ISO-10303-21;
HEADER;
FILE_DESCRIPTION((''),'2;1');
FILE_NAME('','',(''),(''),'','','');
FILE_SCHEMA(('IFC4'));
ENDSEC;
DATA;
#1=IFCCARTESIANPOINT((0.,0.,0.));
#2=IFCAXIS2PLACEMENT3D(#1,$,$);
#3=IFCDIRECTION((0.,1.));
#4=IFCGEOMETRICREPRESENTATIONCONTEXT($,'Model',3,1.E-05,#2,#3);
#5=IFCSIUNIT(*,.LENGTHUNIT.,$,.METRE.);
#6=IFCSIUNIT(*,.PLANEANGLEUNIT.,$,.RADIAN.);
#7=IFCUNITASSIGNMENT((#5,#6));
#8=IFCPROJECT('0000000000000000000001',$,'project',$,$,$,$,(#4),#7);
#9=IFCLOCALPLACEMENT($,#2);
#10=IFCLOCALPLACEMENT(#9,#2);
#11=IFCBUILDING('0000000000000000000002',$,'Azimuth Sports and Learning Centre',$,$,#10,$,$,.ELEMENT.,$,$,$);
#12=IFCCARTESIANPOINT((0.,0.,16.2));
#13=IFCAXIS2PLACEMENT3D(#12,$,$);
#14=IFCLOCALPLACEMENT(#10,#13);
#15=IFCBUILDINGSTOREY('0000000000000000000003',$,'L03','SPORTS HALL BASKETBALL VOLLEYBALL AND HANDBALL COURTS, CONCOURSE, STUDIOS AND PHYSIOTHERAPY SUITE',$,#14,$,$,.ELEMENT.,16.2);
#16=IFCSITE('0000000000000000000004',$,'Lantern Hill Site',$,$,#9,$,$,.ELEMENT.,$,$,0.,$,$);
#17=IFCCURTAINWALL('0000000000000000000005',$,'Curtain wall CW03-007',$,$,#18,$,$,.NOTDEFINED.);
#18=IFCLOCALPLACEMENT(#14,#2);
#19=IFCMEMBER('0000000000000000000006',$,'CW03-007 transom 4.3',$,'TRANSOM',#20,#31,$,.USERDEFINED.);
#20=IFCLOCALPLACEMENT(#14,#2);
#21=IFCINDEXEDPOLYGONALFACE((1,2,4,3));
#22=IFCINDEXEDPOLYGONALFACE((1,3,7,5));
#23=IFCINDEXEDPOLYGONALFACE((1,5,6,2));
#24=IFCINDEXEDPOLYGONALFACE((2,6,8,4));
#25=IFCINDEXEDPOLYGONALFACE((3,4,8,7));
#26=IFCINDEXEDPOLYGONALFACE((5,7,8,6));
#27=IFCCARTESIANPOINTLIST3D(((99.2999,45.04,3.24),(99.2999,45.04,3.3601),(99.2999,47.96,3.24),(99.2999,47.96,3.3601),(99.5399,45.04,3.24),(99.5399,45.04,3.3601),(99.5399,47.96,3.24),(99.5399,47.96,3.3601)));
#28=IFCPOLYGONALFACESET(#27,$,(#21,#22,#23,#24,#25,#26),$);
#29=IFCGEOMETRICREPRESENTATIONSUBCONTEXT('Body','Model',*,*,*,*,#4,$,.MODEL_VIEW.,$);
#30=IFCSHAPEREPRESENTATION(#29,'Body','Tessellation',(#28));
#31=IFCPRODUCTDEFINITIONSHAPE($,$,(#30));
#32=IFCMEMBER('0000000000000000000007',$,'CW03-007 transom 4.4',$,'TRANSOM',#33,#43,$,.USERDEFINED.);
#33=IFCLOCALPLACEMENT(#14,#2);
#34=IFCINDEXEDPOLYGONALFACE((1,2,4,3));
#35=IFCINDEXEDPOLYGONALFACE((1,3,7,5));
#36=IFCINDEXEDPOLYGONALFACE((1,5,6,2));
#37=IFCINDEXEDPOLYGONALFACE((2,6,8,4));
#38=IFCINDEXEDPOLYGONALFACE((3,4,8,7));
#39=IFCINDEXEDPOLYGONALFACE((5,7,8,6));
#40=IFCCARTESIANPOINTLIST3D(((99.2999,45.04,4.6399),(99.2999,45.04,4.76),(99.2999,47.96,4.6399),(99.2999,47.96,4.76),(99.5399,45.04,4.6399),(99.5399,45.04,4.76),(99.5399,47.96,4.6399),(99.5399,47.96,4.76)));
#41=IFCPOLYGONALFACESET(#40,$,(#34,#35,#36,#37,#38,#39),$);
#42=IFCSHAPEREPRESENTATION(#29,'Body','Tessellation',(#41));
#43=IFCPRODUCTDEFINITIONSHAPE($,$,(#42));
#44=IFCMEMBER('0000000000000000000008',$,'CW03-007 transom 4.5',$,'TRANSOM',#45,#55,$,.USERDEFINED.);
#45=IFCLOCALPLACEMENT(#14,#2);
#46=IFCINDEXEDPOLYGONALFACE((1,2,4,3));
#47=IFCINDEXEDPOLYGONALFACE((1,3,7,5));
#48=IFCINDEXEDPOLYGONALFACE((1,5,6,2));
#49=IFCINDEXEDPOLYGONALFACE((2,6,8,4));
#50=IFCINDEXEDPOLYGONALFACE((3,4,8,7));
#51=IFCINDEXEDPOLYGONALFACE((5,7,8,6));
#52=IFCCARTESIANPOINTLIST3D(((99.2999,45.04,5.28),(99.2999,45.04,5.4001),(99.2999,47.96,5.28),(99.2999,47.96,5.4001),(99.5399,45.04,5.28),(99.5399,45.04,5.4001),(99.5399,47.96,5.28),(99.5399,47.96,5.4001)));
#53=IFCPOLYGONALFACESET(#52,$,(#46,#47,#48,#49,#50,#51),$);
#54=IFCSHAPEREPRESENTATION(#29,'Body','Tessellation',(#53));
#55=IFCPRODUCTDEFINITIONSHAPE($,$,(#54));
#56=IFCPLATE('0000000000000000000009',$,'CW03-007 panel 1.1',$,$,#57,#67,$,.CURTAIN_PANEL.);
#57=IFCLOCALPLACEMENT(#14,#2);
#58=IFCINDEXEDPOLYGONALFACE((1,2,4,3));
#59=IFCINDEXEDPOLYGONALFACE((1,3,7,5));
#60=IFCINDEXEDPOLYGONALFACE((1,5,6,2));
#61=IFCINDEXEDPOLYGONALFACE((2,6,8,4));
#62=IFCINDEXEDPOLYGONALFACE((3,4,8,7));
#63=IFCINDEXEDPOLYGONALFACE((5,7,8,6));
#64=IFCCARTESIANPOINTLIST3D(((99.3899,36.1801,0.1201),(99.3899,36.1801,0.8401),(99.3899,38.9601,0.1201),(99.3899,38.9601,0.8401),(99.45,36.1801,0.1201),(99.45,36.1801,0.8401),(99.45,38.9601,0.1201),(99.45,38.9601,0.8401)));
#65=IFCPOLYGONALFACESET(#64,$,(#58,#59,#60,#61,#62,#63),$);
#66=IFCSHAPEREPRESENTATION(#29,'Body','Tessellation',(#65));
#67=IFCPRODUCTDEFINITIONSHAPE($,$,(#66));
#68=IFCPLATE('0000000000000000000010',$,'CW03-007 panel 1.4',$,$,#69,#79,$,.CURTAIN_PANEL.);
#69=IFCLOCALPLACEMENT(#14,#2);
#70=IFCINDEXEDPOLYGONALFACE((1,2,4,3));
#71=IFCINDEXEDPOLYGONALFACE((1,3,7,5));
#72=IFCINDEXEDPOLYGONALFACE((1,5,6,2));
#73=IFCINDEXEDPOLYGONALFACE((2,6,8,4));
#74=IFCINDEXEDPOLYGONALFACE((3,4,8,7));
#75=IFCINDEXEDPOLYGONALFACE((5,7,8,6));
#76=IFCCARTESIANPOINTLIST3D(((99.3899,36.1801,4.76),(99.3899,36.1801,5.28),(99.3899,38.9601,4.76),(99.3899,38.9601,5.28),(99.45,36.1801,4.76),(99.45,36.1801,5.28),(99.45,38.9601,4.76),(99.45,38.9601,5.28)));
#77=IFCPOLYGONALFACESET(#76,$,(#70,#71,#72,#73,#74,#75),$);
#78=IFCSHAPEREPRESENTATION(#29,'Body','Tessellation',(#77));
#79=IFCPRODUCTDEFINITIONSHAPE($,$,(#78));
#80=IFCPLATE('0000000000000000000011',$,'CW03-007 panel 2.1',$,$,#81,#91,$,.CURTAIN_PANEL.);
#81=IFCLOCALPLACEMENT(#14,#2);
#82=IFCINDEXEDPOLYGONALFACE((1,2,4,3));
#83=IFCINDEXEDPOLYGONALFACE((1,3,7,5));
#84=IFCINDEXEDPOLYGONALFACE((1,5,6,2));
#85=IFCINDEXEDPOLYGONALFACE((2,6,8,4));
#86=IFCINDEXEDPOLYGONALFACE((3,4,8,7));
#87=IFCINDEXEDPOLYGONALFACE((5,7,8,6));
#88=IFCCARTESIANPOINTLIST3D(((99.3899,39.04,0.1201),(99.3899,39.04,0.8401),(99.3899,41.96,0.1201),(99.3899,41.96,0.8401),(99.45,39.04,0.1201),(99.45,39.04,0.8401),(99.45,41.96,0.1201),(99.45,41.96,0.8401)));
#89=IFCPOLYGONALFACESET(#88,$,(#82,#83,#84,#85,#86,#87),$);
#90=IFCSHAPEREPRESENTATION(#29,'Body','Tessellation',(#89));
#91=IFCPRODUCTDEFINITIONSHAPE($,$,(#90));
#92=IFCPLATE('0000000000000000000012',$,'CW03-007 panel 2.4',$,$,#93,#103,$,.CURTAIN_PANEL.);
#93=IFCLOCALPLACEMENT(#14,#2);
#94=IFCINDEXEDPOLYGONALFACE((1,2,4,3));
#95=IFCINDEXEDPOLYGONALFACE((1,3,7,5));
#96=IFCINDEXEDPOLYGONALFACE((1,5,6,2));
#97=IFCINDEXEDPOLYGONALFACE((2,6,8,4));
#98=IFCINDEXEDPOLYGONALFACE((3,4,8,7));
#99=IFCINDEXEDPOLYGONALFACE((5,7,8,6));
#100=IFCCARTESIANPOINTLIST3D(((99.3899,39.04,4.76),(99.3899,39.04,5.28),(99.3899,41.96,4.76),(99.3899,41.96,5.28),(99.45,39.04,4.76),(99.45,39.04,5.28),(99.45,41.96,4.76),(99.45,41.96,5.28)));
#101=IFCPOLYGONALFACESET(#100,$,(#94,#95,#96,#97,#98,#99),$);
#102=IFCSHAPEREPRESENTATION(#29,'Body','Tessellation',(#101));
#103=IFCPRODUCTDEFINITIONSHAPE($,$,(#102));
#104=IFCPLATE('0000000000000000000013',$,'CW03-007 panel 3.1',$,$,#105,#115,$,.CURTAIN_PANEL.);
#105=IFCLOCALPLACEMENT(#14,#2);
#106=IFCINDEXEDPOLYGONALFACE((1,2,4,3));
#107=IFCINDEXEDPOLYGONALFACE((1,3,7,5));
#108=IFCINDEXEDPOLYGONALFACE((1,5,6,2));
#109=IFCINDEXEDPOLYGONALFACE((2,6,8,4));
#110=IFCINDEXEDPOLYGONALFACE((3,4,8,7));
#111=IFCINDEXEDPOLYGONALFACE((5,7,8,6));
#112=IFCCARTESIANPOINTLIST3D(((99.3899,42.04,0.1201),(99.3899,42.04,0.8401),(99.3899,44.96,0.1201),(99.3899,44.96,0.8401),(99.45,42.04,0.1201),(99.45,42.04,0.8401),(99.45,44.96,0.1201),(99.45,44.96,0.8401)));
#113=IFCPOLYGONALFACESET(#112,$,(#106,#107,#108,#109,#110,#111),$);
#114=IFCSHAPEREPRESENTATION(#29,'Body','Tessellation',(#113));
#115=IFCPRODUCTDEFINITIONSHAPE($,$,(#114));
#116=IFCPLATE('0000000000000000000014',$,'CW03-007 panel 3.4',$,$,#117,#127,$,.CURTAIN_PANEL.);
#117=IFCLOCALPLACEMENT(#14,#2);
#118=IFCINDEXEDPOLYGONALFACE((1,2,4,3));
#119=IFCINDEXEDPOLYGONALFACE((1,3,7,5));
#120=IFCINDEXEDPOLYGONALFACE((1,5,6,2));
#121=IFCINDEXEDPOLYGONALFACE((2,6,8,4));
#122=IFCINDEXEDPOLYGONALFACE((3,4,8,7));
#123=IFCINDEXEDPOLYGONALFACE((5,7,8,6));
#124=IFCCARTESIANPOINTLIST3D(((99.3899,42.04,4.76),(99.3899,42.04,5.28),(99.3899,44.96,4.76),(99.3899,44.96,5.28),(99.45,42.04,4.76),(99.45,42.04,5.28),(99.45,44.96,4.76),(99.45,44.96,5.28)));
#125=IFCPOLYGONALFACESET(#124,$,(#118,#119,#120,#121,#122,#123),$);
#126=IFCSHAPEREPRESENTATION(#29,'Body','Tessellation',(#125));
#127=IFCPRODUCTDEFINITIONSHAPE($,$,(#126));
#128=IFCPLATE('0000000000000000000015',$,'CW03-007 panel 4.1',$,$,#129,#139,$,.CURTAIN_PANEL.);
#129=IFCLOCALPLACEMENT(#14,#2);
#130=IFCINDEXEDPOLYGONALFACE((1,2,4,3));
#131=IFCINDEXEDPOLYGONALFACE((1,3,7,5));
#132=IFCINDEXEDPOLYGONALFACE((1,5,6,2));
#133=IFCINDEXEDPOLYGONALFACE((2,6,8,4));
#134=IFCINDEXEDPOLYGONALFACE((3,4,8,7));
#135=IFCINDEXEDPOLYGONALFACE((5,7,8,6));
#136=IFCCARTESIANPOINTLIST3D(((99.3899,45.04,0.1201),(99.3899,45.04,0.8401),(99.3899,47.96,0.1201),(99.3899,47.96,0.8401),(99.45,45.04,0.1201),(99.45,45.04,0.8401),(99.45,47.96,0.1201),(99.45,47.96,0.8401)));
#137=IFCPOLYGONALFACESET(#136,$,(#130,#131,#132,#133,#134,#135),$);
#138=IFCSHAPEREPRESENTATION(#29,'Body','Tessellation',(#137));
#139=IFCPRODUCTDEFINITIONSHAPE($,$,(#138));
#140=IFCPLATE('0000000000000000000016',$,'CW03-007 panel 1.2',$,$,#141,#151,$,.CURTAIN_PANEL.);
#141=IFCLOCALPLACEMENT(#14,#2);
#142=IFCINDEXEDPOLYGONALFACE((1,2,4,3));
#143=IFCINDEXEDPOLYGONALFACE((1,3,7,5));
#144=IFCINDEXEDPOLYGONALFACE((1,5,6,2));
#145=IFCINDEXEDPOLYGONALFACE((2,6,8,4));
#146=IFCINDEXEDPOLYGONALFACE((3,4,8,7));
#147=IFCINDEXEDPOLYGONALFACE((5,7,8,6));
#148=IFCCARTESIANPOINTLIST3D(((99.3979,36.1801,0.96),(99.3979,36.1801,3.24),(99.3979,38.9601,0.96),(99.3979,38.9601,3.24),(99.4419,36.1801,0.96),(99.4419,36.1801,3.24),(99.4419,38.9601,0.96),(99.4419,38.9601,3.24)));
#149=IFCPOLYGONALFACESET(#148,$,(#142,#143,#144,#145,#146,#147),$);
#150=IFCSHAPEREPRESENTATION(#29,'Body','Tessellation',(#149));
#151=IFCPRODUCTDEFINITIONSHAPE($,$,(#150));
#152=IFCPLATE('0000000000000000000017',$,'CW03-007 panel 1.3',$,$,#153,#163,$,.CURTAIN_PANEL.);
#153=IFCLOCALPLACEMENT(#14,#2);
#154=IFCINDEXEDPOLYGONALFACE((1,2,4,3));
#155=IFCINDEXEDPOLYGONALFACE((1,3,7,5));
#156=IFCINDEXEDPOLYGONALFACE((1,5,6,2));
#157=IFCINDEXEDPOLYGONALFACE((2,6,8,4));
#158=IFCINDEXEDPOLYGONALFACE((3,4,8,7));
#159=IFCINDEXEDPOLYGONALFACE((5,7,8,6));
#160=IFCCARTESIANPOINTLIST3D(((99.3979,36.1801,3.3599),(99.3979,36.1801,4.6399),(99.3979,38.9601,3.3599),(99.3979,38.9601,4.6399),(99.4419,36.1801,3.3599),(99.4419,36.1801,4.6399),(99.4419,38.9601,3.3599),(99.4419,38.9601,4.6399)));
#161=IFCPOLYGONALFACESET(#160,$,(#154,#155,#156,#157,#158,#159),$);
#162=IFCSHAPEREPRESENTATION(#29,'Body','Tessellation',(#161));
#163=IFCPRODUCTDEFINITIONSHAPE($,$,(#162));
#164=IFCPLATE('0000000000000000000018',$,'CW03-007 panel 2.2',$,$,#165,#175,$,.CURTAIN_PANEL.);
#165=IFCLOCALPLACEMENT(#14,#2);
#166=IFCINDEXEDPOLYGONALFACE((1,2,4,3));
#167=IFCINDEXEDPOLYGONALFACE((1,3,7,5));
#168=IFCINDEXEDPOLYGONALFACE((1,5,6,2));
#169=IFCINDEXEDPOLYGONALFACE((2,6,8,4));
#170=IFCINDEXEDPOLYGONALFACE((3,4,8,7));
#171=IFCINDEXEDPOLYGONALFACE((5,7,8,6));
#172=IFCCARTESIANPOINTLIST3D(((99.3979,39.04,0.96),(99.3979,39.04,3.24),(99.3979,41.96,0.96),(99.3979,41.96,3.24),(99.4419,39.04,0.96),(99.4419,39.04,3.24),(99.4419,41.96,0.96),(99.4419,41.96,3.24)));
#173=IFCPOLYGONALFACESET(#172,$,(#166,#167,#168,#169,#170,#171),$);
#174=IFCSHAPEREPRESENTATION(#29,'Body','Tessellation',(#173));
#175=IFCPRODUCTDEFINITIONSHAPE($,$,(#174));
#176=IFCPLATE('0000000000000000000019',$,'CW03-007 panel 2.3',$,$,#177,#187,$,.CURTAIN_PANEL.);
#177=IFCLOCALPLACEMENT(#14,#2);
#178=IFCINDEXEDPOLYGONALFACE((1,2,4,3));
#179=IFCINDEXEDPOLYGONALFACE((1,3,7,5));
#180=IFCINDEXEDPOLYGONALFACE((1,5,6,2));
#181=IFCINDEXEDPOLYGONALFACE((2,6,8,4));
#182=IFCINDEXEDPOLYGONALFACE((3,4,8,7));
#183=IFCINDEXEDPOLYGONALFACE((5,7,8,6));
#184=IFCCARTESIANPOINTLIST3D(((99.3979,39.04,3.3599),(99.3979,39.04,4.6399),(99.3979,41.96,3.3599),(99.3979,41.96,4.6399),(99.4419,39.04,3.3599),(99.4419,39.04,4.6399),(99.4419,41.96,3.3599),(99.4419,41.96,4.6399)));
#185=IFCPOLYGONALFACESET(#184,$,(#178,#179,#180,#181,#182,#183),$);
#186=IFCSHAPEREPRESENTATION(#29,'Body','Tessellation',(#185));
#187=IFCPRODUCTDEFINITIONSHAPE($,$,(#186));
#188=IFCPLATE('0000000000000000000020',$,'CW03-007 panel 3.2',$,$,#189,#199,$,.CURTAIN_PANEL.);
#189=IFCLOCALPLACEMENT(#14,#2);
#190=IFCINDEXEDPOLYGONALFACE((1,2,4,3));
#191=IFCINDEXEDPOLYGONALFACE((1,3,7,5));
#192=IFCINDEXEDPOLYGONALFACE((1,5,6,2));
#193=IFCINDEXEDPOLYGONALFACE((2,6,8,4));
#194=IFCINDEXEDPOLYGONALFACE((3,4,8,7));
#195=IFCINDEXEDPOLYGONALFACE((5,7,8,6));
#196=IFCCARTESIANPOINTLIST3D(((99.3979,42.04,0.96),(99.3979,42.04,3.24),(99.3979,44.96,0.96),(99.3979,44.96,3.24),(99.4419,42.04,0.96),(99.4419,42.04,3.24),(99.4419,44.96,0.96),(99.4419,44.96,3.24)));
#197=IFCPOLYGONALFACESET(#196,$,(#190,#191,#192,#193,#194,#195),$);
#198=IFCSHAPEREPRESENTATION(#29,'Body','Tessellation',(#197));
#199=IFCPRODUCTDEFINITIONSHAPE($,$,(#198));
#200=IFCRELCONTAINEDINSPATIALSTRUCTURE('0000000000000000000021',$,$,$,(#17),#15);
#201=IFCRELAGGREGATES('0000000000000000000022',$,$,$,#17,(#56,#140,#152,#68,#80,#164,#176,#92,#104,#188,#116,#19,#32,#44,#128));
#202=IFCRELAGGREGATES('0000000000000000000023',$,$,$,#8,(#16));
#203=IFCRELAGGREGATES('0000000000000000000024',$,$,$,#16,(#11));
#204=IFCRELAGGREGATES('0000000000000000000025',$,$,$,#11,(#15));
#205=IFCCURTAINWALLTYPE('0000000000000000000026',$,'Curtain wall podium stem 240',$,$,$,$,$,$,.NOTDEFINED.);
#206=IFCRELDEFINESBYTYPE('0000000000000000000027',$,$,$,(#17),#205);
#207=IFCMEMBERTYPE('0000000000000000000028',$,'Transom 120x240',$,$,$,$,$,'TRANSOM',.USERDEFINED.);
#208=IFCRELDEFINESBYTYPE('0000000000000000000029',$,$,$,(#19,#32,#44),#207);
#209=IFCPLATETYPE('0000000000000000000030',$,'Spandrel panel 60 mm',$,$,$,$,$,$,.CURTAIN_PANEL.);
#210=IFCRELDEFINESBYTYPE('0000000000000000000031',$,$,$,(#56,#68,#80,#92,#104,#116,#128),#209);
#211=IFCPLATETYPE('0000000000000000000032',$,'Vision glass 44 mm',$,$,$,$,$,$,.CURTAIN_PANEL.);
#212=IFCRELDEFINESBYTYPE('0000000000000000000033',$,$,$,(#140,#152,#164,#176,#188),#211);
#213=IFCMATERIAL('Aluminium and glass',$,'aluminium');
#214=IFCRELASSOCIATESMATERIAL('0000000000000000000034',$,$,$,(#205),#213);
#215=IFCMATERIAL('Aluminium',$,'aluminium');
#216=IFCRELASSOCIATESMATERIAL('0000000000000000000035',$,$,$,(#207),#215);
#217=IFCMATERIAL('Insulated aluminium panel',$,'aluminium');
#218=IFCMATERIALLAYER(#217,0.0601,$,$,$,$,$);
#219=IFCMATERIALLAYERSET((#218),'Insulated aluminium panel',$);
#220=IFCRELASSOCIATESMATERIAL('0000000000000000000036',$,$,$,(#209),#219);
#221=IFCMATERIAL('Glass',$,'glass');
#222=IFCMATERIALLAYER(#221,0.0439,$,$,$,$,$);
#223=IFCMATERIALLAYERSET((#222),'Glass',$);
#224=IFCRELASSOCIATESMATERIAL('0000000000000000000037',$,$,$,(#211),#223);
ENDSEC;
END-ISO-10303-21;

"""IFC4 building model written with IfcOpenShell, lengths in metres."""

from ifc_helpers import new_model, si_unit, direction, frame, origin, origin_2d, place, context, subcontext, project, spatial, rectangle, extrude, material, layer, layer_set, material_profile, profile_set, type_object, element, aggregate, save


model = new_model("IFC4")

# Units and contexts
model_context = context("Model", 3, precision=1e-05, world=origin(), true_north=direction((0.0, 1.0)))
body_context = subcontext(model_context, "Body", "Model", "MODEL_VIEW")
ifc_project = project(units=[si_unit("LENGTHUNIT", "METRE"), si_unit("PLANEANGLEUNIT", "RADIAN")], contexts=[model_context])

# Site, building, storey
site_placement = place(None, origin())
site = spatial("IfcSite", under=ifc_project, at=site_placement, Name="Lantern Hill Site", CompositionType="ELEMENT", RefElevation=0.0)
building_placement = place(site_placement, origin())
building = spatial("IfcBuilding", under=site, at=building_placement, Name="Azimuth Sports and Learning Centre", CompositionType="ELEMENT")
storey_placement = place(building_placement, frame((0.0, 0.0, 16.2)))
storey = spatial("IfcBuildingStorey", under=building, at=storey_placement, Name="L03", Description="SPORTS HALL BASKETBALL VOLLEYBALL AND HANDBALL COURTS, CONCOURSE, STUDIOS AND PHYSIOTHERAPY SUITE", CompositionType="ELEMENT", Elevation=16.2)

# Curtain wall, members, plates
ifc_material_1 = material(Name="Aluminium and glass", Category="aluminium")
curtain_wall_type = type_object("IfcCurtainWallType", Name="Curtain wall podium stem 240", PredefinedType="NOTDEFINED", material=ifc_material_1)
curtain_wall_placement = place(storey_placement, origin())
curtain_wall = element("IfcCurtainWall", 1, at=curtain_wall_placement, inside=storey, type_object=curtain_wall_type, Name="Curtain wall CW03-007", PredefinedType="NOTDEFINED")
ifc_material_2 = material(Name="Aluminium", Category="aluminium")
ifc_material_profile_1 = material_profile(ifc_material_2, rectangle(XDim=0.24, YDim=0.1201, at=origin_2d()), Name="Transom 120x240")
ifc_profile_set_1 = profile_set([ifc_material_profile_1], Name="Aluminium")
member_type_1 = type_object("IfcMemberType", Name="Transom 120x240", ElementType="TRANSOM", PredefinedType="USERDEFINED", material=ifc_profile_set_1)
member_1_placement = place(storey_placement, frame((99.4199, 45.04, 3.3), z_axis=(0.0, 1.0, 0.0), x_axis=(-1.0, 0.0, 0.0)))
member_1 = element("IfcMember", 2, at=member_1_placement, type_object=member_type_1, Name="CW03-007 transom 4.3", ObjectType="TRANSOM", PredefinedType="USERDEFINED", context=body_context, shape_type="SweptSolid", body=[
    extrude(rectangle(XDim=0.24, YDim=0.1201, at=origin_2d()), origin(), (0.0, 0.0, 1.0), 2.9199),
])
member_2_placement = place(storey_placement, frame((99.4199, 45.04, 4.7), z_axis=(0.0, 1.0, 0.0), x_axis=(-1.0, 0.0, 0.0)))
member_2 = element("IfcMember", 3, at=member_2_placement, type_object=member_type_1, Name="CW03-007 transom 4.4", ObjectType="TRANSOM", PredefinedType="USERDEFINED", context=body_context, shape_type="SweptSolid", body=[
    extrude(rectangle(XDim=0.24, YDim=0.1201, at=origin_2d()), origin(), (0.0, 0.0, 1.0), 2.9199),
])
member_3_placement = place(storey_placement, frame((99.4199, 45.04, 5.3401), z_axis=(0.0, 1.0, 0.0), x_axis=(-1.0, 0.0, 0.0)))
member_3 = element("IfcMember", 4, at=member_3_placement, type_object=member_type_1, Name="CW03-007 transom 4.5", ObjectType="TRANSOM", PredefinedType="USERDEFINED", context=body_context, shape_type="SweptSolid", body=[
    extrude(rectangle(XDim=0.24, YDim=0.1201, at=origin_2d()), origin(), (0.0, 0.0, 1.0), 2.9199),
])
ifc_material_3 = material(Name="Insulated aluminium panel", Category="aluminium")
ifc_layer_1 = layer(ifc_material_3, 0.0601)
ifc_layer_set_1 = layer_set([ifc_layer_1], Name="Insulated aluminium panel")
plate_type_1 = type_object("IfcPlateType", Name="Spandrel panel 60 mm", PredefinedType="CURTAIN_PANEL", material=ifc_layer_set_1)
plate_1_placement = place(storey_placement, frame((99.4199, 37.5701, 0.1201), z_axis=(0.0, 0.0, 1.0), x_axis=(0.0, 1.0, 0.0)))
plate_1 = element("IfcPlate", 5, at=plate_1_placement, type_object=plate_type_1, Name="CW03-007 panel 1.1", PredefinedType="CURTAIN_PANEL", context=body_context, shape_type="SweptSolid", body=[
    extrude(rectangle(XDim=2.78, YDim=0.0601, at=origin_2d()), origin(), (0.0, 0.0, 1.0), 0.72),
])
plate_2_placement = place(storey_placement, frame((99.4199, 37.5701, 4.76), z_axis=(0.0, 0.0, 1.0), x_axis=(0.0, 1.0, 0.0)))
plate_2 = element("IfcPlate", 6, at=plate_2_placement, type_object=plate_type_1, Name="CW03-007 panel 1.4", PredefinedType="CURTAIN_PANEL", context=body_context, shape_type="SweptSolid", body=[
    extrude(rectangle(XDim=2.78, YDim=0.0601, at=origin_2d()), origin(), (0.0, 0.0, 1.0), 0.52),
])
plate_3_placement = place(storey_placement, frame((99.4199, 40.5, 0.1201), z_axis=(0.0, 0.0, 1.0), x_axis=(0.0, 1.0, 0.0)))
plate_3 = element("IfcPlate", 7, at=plate_3_placement, type_object=plate_type_1, Name="CW03-007 panel 2.1", PredefinedType="CURTAIN_PANEL", context=body_context, shape_type="SweptSolid", body=[
    extrude(rectangle(XDim=2.9199, YDim=0.0601, at=origin_2d()), origin(), (0.0, 0.0, 1.0), 0.72),
])
plate_4_placement = place(storey_placement, frame((99.4199, 40.5, 4.76), z_axis=(0.0, 0.0, 1.0), x_axis=(0.0, 1.0, 0.0)))
plate_4 = element("IfcPlate", 8, at=plate_4_placement, type_object=plate_type_1, Name="CW03-007 panel 2.4", PredefinedType="CURTAIN_PANEL", context=body_context, shape_type="SweptSolid", body=[
    extrude(rectangle(XDim=2.9199, YDim=0.0601, at=origin_2d()), origin(), (0.0, 0.0, 1.0), 0.52),
])
plate_5_placement = place(storey_placement, frame((99.4199, 43.5, 0.1201), z_axis=(0.0, 0.0, 1.0), x_axis=(0.0, 1.0, 0.0)))
plate_5 = element("IfcPlate", 9, at=plate_5_placement, type_object=plate_type_1, Name="CW03-007 panel 3.1", PredefinedType="CURTAIN_PANEL", context=body_context, shape_type="SweptSolid", body=[
    extrude(rectangle(XDim=2.9199, YDim=0.0601, at=origin_2d()), origin(), (0.0, 0.0, 1.0), 0.72),
])
plate_6_placement = place(storey_placement, frame((99.4199, 43.5, 4.76), z_axis=(0.0, 0.0, 1.0), x_axis=(0.0, 1.0, 0.0)))
plate_6 = element("IfcPlate", 10, at=plate_6_placement, type_object=plate_type_1, Name="CW03-007 panel 3.4", PredefinedType="CURTAIN_PANEL", context=body_context, shape_type="SweptSolid", body=[
    extrude(rectangle(XDim=2.9199, YDim=0.0601, at=origin_2d()), origin(), (0.0, 0.0, 1.0), 0.52),
])
plate_7_placement = place(storey_placement, frame((99.4199, 46.5, 0.1201), z_axis=(0.0, 0.0, 1.0), x_axis=(0.0, 1.0, 0.0)))
plate_7 = element("IfcPlate", 11, at=plate_7_placement, type_object=plate_type_1, Name="CW03-007 panel 4.1", PredefinedType="CURTAIN_PANEL", context=body_context, shape_type="SweptSolid", body=[
    extrude(rectangle(XDim=2.9199, YDim=0.0601, at=origin_2d()), origin(), (0.0, 0.0, 1.0), 0.72),
])
ifc_material_4 = material(Name="Glass", Category="glass")
ifc_layer_2 = layer(ifc_material_4, 0.0439)
ifc_layer_set_2 = layer_set([ifc_layer_2], Name="Glass")
plate_type_2 = type_object("IfcPlateType", Name="Vision glass 44 mm", PredefinedType="CURTAIN_PANEL", material=ifc_layer_set_2)
plate_8_placement = place(storey_placement, frame((99.4199, 37.5701, 0.96), z_axis=(0.0, 0.0, 1.0), x_axis=(0.0, 1.0, 0.0)))
plate_8 = element("IfcPlate", 12, at=plate_8_placement, type_object=plate_type_2, Name="CW03-007 panel 1.2", PredefinedType="CURTAIN_PANEL", context=body_context, shape_type="SweptSolid", body=[
    extrude(rectangle(XDim=2.78, YDim=0.0439, at=origin_2d()), origin(), (0.0, 0.0, 1.0), 2.28),
])
plate_9_placement = place(storey_placement, frame((99.4199, 37.5701, 3.3599), z_axis=(0.0, 0.0, 1.0), x_axis=(0.0, 1.0, 0.0)))
plate_9 = element("IfcPlate", 13, at=plate_9_placement, type_object=plate_type_2, Name="CW03-007 panel 1.3", PredefinedType="CURTAIN_PANEL", context=body_context, shape_type="SweptSolid", body=[
    extrude(rectangle(XDim=2.78, YDim=0.0439, at=origin_2d()), origin(), (0.0, 0.0, 1.0), 1.28),
])
plate_10_placement = place(storey_placement, frame((99.4199, 40.5, 0.96), z_axis=(0.0, 0.0, 1.0), x_axis=(0.0, 1.0, 0.0)))
plate_10 = element("IfcPlate", 14, at=plate_10_placement, type_object=plate_type_2, Name="CW03-007 panel 2.2", PredefinedType="CURTAIN_PANEL", context=body_context, shape_type="SweptSolid", body=[
    extrude(rectangle(XDim=2.9199, YDim=0.0439, at=origin_2d()), origin(), (0.0, 0.0, 1.0), 2.28),
])
plate_11_placement = place(storey_placement, frame((99.4199, 40.5, 3.3599), z_axis=(0.0, 0.0, 1.0), x_axis=(0.0, 1.0, 0.0)))
plate_11 = element("IfcPlate", 15, at=plate_11_placement, type_object=plate_type_2, Name="CW03-007 panel 2.3", PredefinedType="CURTAIN_PANEL", context=body_context, shape_type="SweptSolid", body=[
    extrude(rectangle(XDim=2.9199, YDim=0.0439, at=origin_2d()), origin(), (0.0, 0.0, 1.0), 1.28),
])
plate_12_placement = place(storey_placement, frame((99.4199, 43.5, 0.96), z_axis=(0.0, 0.0, 1.0), x_axis=(0.0, 1.0, 0.0)))
plate_12 = element("IfcPlate", 16, at=plate_12_placement, type_object=plate_type_2, Name="CW03-007 panel 3.2", PredefinedType="CURTAIN_PANEL", context=body_context, shape_type="SweptSolid", body=[
    extrude(rectangle(XDim=2.9199, YDim=0.0439, at=origin_2d()), origin(), (0.0, 0.0, 1.0), 2.28),
])
aggregate(curtain_wall, [plate_1, plate_8, plate_9, plate_2, plate_3, plate_10, plate_11, plate_4, plate_5, plate_12, plate_6, member_1, member_2, member_3, plate_7])

save(model, "model.ifc")
